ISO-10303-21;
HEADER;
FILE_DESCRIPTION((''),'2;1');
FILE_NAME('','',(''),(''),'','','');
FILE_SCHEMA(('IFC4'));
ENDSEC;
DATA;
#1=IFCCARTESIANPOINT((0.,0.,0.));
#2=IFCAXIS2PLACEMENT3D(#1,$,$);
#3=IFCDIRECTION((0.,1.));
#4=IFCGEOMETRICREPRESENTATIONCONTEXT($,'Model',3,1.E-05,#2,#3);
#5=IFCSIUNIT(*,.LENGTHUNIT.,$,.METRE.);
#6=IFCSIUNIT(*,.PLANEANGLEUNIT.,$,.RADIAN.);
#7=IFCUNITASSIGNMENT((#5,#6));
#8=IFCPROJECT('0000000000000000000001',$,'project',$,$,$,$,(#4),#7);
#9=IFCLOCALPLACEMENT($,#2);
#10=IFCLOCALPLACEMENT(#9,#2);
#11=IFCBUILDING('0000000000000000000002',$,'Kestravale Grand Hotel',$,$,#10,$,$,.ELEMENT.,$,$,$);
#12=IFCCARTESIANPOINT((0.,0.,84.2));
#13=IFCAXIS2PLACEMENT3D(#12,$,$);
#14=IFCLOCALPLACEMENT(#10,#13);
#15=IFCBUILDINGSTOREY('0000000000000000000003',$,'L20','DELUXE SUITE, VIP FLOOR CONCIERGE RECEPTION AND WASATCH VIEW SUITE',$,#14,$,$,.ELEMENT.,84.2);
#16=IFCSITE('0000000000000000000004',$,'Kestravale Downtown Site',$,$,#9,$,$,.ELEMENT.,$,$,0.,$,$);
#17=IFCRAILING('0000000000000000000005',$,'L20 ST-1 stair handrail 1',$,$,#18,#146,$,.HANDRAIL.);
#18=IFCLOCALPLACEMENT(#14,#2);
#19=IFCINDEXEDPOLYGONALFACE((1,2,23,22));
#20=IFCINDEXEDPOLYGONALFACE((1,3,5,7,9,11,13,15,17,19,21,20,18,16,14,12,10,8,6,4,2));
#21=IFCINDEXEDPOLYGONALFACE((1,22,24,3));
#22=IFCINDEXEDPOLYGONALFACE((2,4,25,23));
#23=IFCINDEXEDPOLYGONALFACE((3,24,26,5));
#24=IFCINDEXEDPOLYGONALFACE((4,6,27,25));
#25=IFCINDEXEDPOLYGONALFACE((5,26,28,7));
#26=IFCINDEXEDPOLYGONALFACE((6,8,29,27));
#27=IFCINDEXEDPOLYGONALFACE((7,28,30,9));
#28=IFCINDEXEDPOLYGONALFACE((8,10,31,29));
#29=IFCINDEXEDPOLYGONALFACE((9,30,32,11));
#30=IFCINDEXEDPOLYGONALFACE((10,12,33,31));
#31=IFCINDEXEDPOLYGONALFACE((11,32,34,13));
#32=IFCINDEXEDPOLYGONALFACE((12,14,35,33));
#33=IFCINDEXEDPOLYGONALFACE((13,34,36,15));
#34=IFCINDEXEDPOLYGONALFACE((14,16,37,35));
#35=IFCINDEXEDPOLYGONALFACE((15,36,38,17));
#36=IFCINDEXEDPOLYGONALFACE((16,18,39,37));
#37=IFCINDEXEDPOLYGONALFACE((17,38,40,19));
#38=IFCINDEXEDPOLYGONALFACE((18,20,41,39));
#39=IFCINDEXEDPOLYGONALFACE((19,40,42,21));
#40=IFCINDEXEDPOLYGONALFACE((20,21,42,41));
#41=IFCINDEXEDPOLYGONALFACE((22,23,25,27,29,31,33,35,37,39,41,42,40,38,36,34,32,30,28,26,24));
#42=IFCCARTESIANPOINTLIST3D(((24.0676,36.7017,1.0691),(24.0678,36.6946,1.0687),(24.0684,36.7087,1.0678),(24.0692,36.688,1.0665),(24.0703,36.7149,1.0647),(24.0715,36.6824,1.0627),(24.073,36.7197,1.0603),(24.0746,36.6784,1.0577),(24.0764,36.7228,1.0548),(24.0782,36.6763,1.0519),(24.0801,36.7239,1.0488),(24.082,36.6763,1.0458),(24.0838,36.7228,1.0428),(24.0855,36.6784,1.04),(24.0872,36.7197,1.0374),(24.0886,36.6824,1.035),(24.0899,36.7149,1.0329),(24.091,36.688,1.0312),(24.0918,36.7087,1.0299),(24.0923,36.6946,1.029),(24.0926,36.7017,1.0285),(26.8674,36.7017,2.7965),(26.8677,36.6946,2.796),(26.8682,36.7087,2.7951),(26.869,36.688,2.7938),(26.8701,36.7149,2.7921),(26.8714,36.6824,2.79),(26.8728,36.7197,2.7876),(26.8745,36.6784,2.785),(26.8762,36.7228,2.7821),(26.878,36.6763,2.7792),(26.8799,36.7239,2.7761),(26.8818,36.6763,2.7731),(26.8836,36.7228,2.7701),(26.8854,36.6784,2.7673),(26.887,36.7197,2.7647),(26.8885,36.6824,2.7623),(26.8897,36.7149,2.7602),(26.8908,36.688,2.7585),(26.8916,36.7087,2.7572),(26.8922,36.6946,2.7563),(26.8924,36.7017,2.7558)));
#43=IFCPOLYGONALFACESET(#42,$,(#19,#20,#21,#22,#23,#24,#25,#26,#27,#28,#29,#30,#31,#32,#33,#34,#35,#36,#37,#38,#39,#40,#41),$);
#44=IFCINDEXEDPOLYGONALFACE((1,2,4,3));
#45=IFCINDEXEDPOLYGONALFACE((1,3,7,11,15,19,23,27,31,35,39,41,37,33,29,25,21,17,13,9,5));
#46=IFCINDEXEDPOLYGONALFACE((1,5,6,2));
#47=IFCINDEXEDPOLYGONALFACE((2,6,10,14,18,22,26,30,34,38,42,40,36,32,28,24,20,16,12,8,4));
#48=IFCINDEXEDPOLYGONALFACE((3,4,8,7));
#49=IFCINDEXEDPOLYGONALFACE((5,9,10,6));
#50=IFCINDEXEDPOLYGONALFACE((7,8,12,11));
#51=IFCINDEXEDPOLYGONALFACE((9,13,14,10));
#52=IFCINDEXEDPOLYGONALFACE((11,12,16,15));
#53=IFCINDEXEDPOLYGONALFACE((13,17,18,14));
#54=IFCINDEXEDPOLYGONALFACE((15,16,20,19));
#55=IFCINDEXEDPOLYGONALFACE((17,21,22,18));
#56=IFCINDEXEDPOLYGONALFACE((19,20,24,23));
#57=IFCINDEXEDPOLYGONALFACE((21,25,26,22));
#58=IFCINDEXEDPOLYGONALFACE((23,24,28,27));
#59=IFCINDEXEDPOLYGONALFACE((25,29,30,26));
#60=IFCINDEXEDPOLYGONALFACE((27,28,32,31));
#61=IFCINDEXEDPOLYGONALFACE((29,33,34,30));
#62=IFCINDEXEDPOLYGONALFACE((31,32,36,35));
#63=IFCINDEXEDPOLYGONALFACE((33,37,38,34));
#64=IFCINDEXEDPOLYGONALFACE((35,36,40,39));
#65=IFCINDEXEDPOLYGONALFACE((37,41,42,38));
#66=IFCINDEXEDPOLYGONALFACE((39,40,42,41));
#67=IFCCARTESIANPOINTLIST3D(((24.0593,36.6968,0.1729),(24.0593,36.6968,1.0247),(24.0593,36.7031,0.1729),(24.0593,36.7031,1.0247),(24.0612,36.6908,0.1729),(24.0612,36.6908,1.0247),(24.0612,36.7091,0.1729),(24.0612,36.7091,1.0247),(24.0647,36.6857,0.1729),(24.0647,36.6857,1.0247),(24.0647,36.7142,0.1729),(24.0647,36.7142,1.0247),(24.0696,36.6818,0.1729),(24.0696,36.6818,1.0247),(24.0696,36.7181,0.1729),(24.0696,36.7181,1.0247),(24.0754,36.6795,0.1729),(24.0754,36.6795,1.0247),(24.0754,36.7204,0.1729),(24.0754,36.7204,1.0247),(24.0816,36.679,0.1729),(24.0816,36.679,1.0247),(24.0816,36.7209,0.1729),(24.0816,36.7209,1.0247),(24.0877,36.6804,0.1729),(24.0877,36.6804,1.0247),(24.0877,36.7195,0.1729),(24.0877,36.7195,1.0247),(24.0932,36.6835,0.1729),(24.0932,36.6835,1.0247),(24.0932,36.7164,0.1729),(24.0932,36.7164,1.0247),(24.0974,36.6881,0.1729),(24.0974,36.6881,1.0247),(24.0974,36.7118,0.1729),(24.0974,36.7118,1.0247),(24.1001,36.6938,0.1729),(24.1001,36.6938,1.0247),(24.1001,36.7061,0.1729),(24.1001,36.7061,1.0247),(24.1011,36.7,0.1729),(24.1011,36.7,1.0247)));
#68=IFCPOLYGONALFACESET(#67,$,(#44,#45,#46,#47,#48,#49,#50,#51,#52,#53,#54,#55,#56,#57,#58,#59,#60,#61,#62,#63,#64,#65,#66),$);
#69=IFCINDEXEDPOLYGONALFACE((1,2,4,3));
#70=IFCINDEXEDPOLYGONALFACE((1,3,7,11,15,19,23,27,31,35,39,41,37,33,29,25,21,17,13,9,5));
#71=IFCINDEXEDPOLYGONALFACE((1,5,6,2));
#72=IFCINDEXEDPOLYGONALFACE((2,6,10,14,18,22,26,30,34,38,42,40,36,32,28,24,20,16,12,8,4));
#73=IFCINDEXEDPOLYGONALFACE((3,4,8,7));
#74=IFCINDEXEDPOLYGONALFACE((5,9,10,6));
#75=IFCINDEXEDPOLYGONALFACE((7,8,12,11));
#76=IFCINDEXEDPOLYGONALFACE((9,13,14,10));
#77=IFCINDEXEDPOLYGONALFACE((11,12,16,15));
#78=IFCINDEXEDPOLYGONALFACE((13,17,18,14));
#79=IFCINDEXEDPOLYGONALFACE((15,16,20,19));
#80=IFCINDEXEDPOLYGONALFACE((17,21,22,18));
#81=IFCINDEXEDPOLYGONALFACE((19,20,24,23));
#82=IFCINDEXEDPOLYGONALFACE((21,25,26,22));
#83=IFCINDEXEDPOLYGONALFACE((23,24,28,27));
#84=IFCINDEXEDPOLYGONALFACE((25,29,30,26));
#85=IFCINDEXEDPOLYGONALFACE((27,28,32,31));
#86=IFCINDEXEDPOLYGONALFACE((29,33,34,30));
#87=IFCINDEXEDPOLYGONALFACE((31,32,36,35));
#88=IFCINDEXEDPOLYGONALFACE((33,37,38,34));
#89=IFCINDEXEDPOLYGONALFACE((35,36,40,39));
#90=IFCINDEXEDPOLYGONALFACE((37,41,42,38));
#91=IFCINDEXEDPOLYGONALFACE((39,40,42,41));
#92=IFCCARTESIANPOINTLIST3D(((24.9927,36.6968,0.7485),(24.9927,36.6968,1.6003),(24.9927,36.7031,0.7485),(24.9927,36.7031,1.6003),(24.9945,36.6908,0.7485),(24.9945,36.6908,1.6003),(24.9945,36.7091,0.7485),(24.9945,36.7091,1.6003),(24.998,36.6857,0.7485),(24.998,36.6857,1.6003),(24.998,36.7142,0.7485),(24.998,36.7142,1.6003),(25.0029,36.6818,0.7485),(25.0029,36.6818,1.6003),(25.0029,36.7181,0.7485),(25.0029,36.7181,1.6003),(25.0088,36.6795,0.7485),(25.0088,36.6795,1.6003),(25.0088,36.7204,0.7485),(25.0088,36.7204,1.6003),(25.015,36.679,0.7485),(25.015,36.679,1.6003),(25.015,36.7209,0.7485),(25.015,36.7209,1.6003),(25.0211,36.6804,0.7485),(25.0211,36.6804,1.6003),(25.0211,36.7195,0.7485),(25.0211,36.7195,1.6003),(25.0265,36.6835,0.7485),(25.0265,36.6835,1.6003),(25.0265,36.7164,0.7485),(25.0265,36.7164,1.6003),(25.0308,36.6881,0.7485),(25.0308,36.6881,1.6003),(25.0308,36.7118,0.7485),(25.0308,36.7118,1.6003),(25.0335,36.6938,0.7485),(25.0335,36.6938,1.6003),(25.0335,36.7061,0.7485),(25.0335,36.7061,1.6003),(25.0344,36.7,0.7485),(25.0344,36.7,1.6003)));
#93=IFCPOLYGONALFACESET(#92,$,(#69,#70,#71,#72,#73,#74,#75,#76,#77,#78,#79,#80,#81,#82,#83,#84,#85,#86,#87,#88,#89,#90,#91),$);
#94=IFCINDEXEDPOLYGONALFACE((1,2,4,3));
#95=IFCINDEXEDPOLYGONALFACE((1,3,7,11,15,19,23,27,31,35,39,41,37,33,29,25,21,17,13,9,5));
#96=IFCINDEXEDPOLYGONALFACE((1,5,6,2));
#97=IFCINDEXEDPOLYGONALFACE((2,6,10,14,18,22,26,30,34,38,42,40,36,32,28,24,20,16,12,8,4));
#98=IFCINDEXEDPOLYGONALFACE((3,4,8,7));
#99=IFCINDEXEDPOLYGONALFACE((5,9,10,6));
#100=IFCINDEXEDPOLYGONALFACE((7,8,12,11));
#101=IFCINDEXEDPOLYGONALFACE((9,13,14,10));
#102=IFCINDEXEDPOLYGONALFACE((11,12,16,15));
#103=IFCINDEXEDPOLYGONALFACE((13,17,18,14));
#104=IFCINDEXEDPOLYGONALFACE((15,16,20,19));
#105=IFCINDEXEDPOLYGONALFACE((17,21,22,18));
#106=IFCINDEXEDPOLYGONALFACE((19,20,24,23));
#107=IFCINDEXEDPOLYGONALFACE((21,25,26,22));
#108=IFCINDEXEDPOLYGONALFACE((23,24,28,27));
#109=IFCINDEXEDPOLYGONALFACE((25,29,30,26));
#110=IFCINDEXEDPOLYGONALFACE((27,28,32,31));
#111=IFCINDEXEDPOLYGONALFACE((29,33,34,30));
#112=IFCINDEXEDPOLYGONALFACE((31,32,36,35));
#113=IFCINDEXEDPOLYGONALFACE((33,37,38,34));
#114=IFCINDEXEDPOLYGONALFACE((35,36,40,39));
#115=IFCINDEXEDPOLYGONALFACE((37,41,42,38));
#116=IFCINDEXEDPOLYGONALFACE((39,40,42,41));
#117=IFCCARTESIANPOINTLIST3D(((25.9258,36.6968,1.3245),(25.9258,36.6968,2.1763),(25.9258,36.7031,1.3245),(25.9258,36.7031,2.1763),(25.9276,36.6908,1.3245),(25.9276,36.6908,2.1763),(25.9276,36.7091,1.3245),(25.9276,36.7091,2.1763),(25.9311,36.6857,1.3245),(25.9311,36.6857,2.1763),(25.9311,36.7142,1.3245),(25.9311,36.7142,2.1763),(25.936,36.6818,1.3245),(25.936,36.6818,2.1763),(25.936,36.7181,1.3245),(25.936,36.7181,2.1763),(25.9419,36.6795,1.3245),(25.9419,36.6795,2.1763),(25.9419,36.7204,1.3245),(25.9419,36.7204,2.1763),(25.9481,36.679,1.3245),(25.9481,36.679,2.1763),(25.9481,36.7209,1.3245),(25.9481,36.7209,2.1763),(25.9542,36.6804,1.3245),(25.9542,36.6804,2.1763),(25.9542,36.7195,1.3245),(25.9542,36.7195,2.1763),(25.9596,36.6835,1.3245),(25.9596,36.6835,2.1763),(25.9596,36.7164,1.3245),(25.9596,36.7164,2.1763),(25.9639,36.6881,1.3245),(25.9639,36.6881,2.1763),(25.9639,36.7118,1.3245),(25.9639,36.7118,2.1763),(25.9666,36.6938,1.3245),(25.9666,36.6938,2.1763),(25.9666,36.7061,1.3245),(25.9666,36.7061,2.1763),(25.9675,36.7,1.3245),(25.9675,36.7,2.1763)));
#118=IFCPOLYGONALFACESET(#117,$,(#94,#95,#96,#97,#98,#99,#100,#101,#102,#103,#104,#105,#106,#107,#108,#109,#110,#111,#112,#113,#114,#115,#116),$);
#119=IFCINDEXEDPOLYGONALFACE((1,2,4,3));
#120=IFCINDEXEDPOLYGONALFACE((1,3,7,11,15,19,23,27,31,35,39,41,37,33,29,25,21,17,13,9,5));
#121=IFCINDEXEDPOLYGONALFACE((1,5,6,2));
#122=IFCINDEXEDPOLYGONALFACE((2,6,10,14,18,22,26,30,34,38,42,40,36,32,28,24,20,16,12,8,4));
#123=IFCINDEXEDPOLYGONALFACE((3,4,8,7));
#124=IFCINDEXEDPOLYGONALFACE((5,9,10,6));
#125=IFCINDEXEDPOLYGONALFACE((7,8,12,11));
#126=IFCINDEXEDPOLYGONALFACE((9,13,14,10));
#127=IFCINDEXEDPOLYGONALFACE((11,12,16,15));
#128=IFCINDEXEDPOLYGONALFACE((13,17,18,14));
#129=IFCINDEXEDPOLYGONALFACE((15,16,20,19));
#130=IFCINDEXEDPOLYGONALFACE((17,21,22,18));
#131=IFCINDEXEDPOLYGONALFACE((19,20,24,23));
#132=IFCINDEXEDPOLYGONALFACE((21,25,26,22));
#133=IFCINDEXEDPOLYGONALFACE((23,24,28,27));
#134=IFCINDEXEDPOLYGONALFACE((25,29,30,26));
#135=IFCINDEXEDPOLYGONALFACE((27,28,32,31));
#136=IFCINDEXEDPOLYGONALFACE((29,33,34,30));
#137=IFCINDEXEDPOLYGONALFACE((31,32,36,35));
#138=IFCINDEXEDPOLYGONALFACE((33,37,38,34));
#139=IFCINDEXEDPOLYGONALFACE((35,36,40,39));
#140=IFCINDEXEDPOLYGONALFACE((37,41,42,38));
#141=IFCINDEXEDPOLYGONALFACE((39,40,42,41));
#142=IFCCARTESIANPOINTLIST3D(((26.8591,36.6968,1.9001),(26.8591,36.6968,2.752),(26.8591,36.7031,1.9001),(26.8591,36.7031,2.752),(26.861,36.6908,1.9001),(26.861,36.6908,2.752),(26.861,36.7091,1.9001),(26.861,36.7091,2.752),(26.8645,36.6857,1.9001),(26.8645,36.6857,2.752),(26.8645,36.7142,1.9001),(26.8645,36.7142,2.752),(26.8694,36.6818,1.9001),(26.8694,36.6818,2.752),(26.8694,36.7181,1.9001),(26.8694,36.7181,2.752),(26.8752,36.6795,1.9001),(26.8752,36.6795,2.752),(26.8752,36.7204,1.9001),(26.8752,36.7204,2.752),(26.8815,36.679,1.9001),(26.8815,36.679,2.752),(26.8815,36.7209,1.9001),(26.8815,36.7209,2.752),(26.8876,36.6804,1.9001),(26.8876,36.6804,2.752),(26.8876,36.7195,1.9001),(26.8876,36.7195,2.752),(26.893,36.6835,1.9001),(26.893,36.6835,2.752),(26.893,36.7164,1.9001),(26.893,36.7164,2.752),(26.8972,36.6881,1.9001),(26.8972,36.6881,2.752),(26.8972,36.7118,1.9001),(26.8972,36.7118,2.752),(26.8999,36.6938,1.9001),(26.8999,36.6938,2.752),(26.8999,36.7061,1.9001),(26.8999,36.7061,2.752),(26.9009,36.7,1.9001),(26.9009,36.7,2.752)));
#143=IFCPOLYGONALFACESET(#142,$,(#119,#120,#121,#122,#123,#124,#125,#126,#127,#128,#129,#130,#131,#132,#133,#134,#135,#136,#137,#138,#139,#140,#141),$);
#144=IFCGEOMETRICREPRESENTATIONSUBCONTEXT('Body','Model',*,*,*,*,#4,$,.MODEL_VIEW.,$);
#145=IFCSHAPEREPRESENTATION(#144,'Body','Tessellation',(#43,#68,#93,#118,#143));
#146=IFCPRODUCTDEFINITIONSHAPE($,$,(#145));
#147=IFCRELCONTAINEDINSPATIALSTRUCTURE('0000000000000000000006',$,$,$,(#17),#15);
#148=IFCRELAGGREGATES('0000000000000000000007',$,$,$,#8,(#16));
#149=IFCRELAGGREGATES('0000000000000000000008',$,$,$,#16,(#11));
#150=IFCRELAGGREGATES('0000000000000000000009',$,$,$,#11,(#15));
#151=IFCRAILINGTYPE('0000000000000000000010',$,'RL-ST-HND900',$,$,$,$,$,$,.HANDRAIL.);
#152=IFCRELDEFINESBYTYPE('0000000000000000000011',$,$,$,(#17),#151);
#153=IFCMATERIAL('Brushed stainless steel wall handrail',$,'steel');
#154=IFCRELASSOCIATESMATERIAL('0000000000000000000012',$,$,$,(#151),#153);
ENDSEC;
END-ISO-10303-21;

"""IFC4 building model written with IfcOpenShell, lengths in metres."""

from ifc_helpers import new_model, si_unit, direction, frame, origin, origin_2d, place, context, subcontext, project, spatial, circle, extrude, material, type_object, element, save


model = new_model("IFC4")

# Units and contexts
model_context = context("Model", 3, precision=1e-05, world=origin(), true_north=direction((0.0, 1.0)))
body_context = subcontext(model_context, "Body", "Model", "MODEL_VIEW")
ifc_project = project(units=[si_unit("LENGTHUNIT", "METRE"), si_unit("PLANEANGLEUNIT", "RADIAN")], contexts=[model_context])

# Site, building, storey
site_placement = place(None, origin())
site = spatial("IfcSite", under=ifc_project, at=site_placement, Name="Kestravale Downtown Site", CompositionType="ELEMENT", RefElevation=0.0)
building_placement = place(site_placement, origin())
building = spatial("IfcBuilding", under=site, at=building_placement, Name="Kestravale Grand Hotel", CompositionType="ELEMENT")
storey_placement = place(building_placement, frame((0.0, 0.0, 84.2)))
storey = spatial("IfcBuildingStorey", under=building, at=storey_placement, Name="L20", Description="DELUXE SUITE, VIP FLOOR CONCIERGE RECEPTION AND WASATCH VIEW SUITE", CompositionType="ELEMENT", Elevation=84.2)

# Railing
ifc_material_1 = material(Name="Brushed stainless steel wall handrail", Category="steel")
railing_type_1 = type_object("IfcRailingType", Name="RL-ST-HND900", PredefinedType="HANDRAIL", material=ifc_material_1)
railing_1_placement = place(storey_placement, frame((24.0801, 36.7, 0.1729)))
element("IfcRailing", 1, at=railing_1_placement, inside=storey, type_object=railing_type_1, Name="L20 ST-1 stair handrail 1", PredefinedType="HANDRAIL", context=body_context, shape_type="SweptSolid", body=[
    extrude(circle(Radius=0.0239, at=origin_2d()), frame((0.0, 0.0, 0.876), z_axis=(0.851069, 0.0, 0.525054), x_axis=(0.0, 1.0, 0.0)), (0.0, 0.0, 1.0), 3.2898),
    extrude(circle(Radius=0.021, at=origin_2d()), origin(), (0.0, 0.0, 1.0), 0.8518),
    extrude(circle(Radius=0.021, at=origin_2d()), frame((0.9333, 0.0, 0.5757)), (0.0, 0.0, 1.0), 0.8518),
    extrude(circle(Radius=0.021, at=origin_2d()), frame((1.8665, 0.0, 1.1516)), (0.0, 0.0, 1.0), 0.8518),
    extrude(circle(Radius=0.021, at=origin_2d()), frame((2.7998, 0.0, 1.7273)), (0.0, 0.0, 1.0), 0.8518),
])

save(model, "model.ifc")
